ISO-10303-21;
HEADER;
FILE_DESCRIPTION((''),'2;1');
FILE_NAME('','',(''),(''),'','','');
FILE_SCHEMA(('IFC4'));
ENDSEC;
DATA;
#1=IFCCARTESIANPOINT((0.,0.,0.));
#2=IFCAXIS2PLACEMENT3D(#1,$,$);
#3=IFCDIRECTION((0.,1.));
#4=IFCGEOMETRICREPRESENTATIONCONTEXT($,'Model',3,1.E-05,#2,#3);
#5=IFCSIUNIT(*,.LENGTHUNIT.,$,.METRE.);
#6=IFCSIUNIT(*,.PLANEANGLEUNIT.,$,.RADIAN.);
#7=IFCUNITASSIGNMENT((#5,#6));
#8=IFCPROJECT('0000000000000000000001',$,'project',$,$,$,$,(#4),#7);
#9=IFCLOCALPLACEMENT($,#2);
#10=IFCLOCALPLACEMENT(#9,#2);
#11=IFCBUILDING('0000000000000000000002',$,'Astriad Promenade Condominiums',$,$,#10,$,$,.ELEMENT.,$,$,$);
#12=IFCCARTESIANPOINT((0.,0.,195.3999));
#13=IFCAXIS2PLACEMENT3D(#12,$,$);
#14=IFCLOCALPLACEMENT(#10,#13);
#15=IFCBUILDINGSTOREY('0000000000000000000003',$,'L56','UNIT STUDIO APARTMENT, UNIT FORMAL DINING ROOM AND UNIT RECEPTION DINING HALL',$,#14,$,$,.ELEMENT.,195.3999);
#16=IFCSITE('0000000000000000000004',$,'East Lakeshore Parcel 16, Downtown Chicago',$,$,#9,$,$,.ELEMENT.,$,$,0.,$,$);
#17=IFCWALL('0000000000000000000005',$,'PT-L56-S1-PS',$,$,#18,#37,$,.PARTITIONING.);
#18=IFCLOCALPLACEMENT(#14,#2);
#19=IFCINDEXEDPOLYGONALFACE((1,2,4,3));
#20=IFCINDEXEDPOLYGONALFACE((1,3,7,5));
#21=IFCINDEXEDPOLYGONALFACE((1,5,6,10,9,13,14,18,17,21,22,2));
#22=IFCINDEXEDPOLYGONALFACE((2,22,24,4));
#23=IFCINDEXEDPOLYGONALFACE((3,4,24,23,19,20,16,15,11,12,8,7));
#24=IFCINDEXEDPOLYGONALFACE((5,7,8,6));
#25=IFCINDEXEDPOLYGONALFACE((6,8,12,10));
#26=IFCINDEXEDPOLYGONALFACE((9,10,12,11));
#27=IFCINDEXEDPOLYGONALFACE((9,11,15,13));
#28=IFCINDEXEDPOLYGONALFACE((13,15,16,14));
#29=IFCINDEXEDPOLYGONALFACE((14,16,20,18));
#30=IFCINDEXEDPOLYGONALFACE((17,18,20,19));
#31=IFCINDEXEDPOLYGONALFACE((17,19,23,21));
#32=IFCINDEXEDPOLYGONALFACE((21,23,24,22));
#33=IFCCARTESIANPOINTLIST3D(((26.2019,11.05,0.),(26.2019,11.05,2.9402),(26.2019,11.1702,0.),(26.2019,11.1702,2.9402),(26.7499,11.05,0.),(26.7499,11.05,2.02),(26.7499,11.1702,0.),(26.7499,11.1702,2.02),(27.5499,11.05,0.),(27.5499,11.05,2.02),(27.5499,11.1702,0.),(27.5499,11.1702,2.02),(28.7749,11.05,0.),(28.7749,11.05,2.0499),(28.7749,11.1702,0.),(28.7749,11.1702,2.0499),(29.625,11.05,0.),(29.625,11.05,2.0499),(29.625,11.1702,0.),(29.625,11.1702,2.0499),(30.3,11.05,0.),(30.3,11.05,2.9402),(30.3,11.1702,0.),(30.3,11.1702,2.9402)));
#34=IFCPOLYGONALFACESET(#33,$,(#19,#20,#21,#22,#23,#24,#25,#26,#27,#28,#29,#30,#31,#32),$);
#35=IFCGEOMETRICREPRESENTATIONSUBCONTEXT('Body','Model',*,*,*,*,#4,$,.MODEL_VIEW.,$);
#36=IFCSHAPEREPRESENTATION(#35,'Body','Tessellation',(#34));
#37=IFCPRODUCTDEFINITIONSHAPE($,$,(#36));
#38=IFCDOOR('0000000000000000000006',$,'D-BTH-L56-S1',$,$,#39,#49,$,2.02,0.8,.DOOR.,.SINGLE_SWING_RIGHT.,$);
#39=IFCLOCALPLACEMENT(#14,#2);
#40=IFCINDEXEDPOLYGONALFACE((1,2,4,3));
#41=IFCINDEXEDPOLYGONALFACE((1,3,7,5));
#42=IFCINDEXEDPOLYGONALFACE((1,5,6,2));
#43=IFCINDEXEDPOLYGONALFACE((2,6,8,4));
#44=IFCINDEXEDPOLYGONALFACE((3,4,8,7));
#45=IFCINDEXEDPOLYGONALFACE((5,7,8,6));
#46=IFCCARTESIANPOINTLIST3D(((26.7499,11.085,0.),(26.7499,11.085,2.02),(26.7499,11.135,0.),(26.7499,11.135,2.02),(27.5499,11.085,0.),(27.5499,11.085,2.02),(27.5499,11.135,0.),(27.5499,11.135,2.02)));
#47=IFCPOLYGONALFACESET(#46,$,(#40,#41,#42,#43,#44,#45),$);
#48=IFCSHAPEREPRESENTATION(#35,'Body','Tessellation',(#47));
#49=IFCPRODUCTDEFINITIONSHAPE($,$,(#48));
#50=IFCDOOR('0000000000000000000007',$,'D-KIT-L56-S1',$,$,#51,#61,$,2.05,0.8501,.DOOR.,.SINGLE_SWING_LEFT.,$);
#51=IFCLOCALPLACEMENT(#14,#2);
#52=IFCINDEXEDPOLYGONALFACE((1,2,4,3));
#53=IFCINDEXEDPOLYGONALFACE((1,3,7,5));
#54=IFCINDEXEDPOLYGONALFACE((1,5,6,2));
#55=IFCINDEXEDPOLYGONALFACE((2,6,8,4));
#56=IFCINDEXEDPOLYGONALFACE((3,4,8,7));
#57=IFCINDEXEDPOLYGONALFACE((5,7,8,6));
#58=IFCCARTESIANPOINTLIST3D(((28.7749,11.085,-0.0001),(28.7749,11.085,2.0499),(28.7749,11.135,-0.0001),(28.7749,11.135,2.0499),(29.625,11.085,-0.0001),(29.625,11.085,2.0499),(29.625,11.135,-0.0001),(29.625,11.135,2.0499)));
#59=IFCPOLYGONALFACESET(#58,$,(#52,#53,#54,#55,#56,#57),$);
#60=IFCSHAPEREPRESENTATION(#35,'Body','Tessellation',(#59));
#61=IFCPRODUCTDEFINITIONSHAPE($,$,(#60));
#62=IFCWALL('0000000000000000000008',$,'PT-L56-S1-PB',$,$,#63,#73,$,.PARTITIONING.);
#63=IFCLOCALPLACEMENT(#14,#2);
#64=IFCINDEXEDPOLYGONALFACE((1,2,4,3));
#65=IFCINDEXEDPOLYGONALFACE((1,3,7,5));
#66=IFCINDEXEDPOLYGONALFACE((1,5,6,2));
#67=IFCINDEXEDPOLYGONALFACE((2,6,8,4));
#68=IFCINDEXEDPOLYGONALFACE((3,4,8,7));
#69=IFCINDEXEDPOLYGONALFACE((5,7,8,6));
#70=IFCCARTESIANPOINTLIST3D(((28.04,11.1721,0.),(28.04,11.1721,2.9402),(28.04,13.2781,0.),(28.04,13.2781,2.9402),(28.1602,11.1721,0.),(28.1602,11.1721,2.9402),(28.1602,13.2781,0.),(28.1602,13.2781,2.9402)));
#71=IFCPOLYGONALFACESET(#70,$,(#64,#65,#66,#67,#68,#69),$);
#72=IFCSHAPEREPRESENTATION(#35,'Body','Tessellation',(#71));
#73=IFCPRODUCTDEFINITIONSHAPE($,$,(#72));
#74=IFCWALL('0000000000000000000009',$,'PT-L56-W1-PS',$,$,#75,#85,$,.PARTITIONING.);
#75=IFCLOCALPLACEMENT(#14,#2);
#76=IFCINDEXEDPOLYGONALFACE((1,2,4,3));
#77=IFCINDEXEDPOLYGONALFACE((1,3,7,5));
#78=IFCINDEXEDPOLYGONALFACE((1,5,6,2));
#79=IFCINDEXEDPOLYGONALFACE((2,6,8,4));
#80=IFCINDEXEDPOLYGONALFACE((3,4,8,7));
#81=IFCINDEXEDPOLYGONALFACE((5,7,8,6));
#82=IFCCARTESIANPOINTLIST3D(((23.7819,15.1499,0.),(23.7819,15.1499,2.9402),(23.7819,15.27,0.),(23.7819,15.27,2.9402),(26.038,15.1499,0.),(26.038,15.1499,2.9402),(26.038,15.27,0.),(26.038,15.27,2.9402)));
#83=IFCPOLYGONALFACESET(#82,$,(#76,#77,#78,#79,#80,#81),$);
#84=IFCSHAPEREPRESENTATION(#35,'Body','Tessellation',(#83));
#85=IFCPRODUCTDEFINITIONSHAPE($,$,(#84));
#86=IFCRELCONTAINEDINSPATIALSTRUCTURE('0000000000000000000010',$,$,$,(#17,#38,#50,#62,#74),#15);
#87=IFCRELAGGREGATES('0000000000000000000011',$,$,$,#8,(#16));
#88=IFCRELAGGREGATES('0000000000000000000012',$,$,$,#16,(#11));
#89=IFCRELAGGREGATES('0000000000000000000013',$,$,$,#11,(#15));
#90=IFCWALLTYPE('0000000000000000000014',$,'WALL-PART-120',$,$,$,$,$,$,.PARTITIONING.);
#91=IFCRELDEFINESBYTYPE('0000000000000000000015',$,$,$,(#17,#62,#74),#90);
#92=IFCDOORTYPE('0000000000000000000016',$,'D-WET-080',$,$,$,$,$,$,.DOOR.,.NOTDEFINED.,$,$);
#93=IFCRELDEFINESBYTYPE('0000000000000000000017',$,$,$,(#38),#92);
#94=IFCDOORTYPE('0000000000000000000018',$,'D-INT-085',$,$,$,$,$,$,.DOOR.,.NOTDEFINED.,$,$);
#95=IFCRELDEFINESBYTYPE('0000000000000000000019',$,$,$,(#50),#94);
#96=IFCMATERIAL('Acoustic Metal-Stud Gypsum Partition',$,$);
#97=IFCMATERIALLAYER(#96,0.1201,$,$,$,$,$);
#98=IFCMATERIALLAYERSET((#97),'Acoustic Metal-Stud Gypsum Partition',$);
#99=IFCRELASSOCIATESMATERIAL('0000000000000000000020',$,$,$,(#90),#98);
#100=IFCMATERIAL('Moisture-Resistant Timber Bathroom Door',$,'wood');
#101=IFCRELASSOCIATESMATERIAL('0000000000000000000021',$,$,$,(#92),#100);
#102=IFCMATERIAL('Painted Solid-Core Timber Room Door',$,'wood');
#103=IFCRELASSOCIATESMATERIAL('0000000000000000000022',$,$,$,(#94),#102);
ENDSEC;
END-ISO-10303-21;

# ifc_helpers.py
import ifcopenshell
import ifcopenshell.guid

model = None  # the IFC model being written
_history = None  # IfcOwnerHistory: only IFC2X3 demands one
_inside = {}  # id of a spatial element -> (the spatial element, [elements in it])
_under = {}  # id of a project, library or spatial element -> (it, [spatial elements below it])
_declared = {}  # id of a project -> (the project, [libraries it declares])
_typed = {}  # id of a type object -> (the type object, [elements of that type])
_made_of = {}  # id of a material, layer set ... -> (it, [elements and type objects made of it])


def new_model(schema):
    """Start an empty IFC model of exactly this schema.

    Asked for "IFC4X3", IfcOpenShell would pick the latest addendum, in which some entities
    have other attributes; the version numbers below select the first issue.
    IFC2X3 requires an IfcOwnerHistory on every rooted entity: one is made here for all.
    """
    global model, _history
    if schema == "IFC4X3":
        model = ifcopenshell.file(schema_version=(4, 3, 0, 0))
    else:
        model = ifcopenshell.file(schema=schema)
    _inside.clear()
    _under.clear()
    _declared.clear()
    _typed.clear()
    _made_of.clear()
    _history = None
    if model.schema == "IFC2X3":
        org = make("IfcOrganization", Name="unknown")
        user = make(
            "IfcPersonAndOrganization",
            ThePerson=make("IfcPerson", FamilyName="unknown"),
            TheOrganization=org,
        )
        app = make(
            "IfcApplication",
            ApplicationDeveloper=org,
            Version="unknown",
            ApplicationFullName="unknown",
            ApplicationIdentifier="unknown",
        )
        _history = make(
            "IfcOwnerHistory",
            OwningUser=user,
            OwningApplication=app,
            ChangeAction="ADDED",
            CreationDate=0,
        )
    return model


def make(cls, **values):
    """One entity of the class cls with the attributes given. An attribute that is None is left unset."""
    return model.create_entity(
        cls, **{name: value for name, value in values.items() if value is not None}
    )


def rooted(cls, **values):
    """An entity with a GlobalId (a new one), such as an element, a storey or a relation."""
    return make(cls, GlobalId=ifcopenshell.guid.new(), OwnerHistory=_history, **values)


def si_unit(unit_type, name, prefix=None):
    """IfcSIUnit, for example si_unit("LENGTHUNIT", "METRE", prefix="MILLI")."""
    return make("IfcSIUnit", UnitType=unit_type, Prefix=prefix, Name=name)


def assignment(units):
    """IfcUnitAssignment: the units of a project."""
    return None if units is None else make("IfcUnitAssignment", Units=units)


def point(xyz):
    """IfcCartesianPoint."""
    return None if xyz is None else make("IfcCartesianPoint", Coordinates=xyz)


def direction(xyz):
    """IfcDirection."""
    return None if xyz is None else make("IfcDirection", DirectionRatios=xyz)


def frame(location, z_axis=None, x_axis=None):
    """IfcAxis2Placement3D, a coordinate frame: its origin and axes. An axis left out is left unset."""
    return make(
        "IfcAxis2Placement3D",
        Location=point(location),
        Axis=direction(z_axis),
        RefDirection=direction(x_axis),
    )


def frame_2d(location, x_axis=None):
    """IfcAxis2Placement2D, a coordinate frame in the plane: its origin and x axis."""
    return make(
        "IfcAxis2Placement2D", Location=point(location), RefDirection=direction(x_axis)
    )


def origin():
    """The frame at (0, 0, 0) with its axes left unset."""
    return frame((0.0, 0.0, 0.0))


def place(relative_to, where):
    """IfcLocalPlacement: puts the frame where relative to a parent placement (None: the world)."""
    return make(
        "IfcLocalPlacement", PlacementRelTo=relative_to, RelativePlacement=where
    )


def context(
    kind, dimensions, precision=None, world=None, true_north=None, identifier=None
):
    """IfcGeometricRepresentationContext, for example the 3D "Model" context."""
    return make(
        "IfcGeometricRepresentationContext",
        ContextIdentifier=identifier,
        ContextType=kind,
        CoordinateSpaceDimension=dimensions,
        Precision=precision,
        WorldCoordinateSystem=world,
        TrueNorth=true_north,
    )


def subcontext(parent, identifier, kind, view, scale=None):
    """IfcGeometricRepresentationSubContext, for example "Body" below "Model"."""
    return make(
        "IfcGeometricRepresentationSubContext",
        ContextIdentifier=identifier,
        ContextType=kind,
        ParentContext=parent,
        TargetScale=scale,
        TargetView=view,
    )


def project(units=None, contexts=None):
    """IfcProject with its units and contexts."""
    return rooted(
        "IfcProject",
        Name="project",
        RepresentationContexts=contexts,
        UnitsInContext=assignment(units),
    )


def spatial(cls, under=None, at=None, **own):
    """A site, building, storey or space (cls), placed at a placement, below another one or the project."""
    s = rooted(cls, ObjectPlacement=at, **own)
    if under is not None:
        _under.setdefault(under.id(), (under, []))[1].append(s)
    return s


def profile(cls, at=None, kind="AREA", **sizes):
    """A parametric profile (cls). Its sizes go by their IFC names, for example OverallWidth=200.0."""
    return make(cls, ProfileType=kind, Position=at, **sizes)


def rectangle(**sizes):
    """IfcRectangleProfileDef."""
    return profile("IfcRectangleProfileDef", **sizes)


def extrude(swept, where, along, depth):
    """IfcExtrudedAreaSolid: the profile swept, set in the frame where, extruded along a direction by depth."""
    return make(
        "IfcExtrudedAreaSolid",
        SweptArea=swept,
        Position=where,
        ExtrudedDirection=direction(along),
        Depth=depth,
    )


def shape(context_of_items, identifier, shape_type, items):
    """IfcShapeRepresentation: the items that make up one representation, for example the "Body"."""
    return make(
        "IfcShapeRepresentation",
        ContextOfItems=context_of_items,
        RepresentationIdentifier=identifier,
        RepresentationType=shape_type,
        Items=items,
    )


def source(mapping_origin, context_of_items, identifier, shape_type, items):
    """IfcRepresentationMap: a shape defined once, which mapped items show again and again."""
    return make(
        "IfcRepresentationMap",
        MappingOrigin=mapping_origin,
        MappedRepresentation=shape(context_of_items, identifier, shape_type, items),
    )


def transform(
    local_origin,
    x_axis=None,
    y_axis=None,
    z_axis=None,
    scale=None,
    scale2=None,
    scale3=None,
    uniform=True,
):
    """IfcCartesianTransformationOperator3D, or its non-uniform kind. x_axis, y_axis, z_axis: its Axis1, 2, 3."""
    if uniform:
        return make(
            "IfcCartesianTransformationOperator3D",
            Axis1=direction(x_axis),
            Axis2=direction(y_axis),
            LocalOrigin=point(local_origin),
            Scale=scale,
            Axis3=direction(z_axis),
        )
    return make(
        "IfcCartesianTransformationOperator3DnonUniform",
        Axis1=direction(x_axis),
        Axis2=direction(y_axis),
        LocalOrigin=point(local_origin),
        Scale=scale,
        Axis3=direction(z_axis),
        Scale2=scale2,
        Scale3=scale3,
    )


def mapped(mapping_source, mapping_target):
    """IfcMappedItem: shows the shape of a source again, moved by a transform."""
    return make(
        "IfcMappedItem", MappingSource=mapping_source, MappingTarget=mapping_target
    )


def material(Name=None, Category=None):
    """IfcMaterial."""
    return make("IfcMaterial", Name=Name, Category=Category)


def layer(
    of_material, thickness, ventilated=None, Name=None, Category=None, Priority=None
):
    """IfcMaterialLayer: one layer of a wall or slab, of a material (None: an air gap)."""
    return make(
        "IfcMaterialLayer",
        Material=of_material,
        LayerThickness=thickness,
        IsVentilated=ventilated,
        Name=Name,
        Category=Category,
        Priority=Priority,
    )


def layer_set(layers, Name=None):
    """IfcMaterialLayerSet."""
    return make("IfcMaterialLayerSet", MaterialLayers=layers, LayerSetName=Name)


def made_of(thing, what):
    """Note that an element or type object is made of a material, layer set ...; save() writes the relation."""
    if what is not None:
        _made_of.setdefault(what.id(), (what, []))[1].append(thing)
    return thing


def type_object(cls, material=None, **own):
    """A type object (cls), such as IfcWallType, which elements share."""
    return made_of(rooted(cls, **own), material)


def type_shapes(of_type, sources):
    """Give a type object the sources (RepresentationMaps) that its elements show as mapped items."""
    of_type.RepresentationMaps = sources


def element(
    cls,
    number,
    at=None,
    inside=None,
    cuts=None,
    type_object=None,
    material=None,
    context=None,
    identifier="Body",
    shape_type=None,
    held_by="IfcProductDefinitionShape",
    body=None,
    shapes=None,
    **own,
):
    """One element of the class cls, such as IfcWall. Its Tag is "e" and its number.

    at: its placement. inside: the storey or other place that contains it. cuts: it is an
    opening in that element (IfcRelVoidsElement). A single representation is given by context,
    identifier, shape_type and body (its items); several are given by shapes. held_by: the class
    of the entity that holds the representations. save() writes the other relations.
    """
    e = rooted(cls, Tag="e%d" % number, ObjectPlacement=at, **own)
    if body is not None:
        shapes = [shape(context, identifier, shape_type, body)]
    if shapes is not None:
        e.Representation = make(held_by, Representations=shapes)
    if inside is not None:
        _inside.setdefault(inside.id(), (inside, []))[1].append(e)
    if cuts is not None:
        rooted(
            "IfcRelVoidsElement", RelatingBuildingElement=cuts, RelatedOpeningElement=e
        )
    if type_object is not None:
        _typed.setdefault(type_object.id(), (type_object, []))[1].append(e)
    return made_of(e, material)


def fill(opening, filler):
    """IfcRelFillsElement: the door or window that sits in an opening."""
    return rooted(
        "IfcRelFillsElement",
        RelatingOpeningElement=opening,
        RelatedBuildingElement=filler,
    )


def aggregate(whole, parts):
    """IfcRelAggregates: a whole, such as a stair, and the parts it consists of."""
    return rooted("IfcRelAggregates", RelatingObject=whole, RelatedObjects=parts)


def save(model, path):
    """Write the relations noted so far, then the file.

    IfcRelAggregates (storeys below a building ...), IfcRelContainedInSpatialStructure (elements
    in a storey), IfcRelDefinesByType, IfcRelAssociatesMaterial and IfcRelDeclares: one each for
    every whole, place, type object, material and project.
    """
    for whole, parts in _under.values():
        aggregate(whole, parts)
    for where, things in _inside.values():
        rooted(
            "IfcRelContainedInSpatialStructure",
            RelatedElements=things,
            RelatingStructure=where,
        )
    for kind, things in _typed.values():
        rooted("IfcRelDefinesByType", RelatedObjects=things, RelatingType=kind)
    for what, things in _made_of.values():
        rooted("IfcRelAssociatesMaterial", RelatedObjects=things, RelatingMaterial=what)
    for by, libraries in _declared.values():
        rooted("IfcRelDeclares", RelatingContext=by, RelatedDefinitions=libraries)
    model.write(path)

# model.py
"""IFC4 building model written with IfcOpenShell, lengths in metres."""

from ifc_helpers import new_model, si_unit, direction, frame, frame_2d, origin, place, context, subcontext, project, spatial, rectangle, extrude, source, transform, mapped, material, layer, layer_set, type_object, type_shapes, element, fill, save


model = new_model("IFC4")

# Units and contexts
model_context = context("Model", 3, precision=1e-05, world=origin(), true_north=direction((0.0, 1.0)))
body_context = subcontext(model_context, "Body", "Model", "MODEL_VIEW")
ifc_project = project(units=[si_unit("LENGTHUNIT", "METRE"), si_unit("PLANEANGLEUNIT", "RADIAN")], contexts=[model_context])

# Site, building, storey
site_placement = place(None, origin())
site = spatial("IfcSite", under=ifc_project, at=site_placement, Name="East Lakeshore Parcel 16, Downtown Chicago", CompositionType="ELEMENT", RefElevation=0.0)
building_placement = place(site_placement, origin())
building = spatial("IfcBuilding", under=site, at=building_placement, Name="Astriad Promenade Condominiums", CompositionType="ELEMENT")
storey_placement = place(building_placement, frame((0.0, 0.0, 195.3999)))
storey = spatial("IfcBuildingStorey", under=building, at=storey_placement, Name="L56", Description="UNIT STUDIO APARTMENT, UNIT FORMAL DINING ROOM AND UNIT RECEPTION DINING HALL", CompositionType="ELEMENT", Elevation=195.3999)

# Wall, openings, doors
ifc_material_1 = material(Name="Acoustic Metal-Stud Gypsum Partition")
ifc_layer_1 = layer(ifc_material_1, 0.1201)
ifc_layer_set_1 = layer_set([ifc_layer_1], Name="Acoustic Metal-Stud Gypsum Partition")
wall_type_1 = type_object("IfcWallType", Name="WALL-PART-120", PredefinedType="PARTITIONING", material=ifc_layer_set_1)
wall_1_placement = place(storey_placement, frame((26.2019, 11.1101, 0.0), z_axis=(0.0, 0.0, 1.0), x_axis=(1.0, 0.0, 0.0)))
wall_1 = element("IfcWall", 1, at=wall_1_placement, inside=storey, type_object=wall_type_1, Name="PT-L56-S1-PS", PredefinedType="PARTITIONING", context=body_context, shape_type="SweptSolid", body=[
    extrude(rectangle(XDim=4.0981, YDim=0.1201, at=frame_2d((2.0491, 0.0))), origin(), (0.0, 0.0, 1.0), 2.9402),
])
opening_1_placement = place(wall_1_placement, frame((0.5481, 0.0, 0.0)))
opening_1 = element("IfcOpeningElement", 2, at=opening_1_placement, cuts=wall_1, PredefinedType="OPENING", context=body_context, shape_type="SweptSolid", body=[
    extrude(rectangle(XDim=0.8, YDim=2.02, at=frame_2d((0.3999, 1.01))), frame((0.0, 0.0701, 0.0), z_axis=(0.0, -1.0, 0.0), x_axis=(1.0, 0.0, 0.0)), (0.0, 0.0, 1.0), 0.1401),
])
opening_2_placement = place(wall_1_placement, frame((2.573, 0.0, 0.0)))
opening_2 = element("IfcOpeningElement", 3, at=opening_2_placement, cuts=wall_1, PredefinedType="OPENING", context=body_context, shape_type="SweptSolid", body=[
    extrude(rectangle(XDim=0.8501, YDim=2.05, at=frame_2d((0.425, 1.0249))), frame((0.0, 0.0701, 0.0), z_axis=(0.0, -1.0, 0.0), x_axis=(1.0, 0.0, 0.0)), (0.0, 0.0, 1.0), 0.1401),
])
ifc_material_2 = material(Name="Moisture-Resistant Timber Bathroom Door", Category="wood")
door_type_1 = type_object("IfcDoorType", Name="D-WET-080", OperationType="NOTDEFINED", PredefinedType="DOOR", material=ifc_material_2)
shared_shape_1 = source(origin(), body_context, "Body", "SweptSolid", [
    extrude(rectangle(XDim=0.8, YDim=2.02, at=frame_2d((0.3999, 1.01))), frame((0.0, 0.0249, 0.0), z_axis=(0.0, -1.0, 0.0), x_axis=(1.0, 0.0, 0.0)), (0.0, 0.0, 1.0), 0.05),
])
type_shapes(door_type_1, [shared_shape_1])
door_1_placement = place(opening_1_placement, origin())
door_1 = element("IfcDoor", 4, at=door_1_placement, inside=storey, type_object=door_type_1, Name="D-BTH-L56-S1", OperationType="SINGLE_SWING_RIGHT", OverallHeight=2.02, OverallWidth=0.8, PredefinedType="DOOR", context=body_context, shape_type="MappedRepresentation", body=[
    mapped(shared_shape_1, transform((0.0, 0.0, 0.0), scale=1.0)),
])
fill(opening_1, door_1)
ifc_material_3 = material(Name="Painted Solid-Core Timber Room Door", Category="wood")
door_type_2 = type_object("IfcDoorType", Name="D-INT-085", OperationType="NOTDEFINED", PredefinedType="DOOR", material=ifc_material_3)
shared_shape_2 = source(origin(), body_context, "Body", "SweptSolid", [
    extrude(rectangle(XDim=0.8501, YDim=2.05, at=frame_2d((0.425, 1.0249))), frame((0.0, 0.0249, 0.0), z_axis=(0.0, -1.0, 0.0), x_axis=(1.0, 0.0, 0.0)), (0.0, 0.0, 1.0), 0.05),
])
type_shapes(door_type_2, [shared_shape_2])
door_2_placement = place(opening_2_placement, origin())
door_2 = element("IfcDoor", 5, at=door_2_placement, inside=storey, type_object=door_type_2, Name="D-KIT-L56-S1", OperationType="SINGLE_SWING_LEFT", OverallHeight=2.05, OverallWidth=0.8501, PredefinedType="DOOR", context=body_context, shape_type="MappedRepresentation", body=[
    mapped(shared_shape_2, transform((0.0, 0.0, 0.0), scale=1.0)),
])
fill(opening_2, door_2)

# Walls
wall_2_placement = place(storey_placement, frame((28.1001, 11.1721, 0.0), z_axis=(0.0, 0.0, 1.0), x_axis=(0.0, 1.0, 0.0)))
element("IfcWall", 6, at=wall_2_placement, inside=storey, type_object=wall_type_1, Name="PT-L56-S1-PB", PredefinedType="PARTITIONING", context=body_context, shape_type="SweptSolid", body=[
    extrude(rectangle(XDim=2.106, YDim=0.1201, at=frame_2d((1.053, 0.0))), origin(), (0.0, 0.0, 1.0), 2.9402),
])
wall_3_placement = place(storey_placement, frame((23.782, 15.21, 0.0), z_axis=(0.0, 0.0, 1.0), x_axis=(1.0, 0.0, 0.0)))
element("IfcWall", 7, at=wall_3_placement, inside=storey, type_object=wall_type_1, Name="PT-L56-W1-PS", PredefinedType="PARTITIONING", context=body_context, shape_type="SweptSolid", body=[
    extrude(rectangle(XDim=2.2561, YDim=0.1201, at=frame_2d((1.1279, 0.0))), origin(), (0.0, 0.0, 1.0), 2.9402),
])

save(model, "model.ifc")
